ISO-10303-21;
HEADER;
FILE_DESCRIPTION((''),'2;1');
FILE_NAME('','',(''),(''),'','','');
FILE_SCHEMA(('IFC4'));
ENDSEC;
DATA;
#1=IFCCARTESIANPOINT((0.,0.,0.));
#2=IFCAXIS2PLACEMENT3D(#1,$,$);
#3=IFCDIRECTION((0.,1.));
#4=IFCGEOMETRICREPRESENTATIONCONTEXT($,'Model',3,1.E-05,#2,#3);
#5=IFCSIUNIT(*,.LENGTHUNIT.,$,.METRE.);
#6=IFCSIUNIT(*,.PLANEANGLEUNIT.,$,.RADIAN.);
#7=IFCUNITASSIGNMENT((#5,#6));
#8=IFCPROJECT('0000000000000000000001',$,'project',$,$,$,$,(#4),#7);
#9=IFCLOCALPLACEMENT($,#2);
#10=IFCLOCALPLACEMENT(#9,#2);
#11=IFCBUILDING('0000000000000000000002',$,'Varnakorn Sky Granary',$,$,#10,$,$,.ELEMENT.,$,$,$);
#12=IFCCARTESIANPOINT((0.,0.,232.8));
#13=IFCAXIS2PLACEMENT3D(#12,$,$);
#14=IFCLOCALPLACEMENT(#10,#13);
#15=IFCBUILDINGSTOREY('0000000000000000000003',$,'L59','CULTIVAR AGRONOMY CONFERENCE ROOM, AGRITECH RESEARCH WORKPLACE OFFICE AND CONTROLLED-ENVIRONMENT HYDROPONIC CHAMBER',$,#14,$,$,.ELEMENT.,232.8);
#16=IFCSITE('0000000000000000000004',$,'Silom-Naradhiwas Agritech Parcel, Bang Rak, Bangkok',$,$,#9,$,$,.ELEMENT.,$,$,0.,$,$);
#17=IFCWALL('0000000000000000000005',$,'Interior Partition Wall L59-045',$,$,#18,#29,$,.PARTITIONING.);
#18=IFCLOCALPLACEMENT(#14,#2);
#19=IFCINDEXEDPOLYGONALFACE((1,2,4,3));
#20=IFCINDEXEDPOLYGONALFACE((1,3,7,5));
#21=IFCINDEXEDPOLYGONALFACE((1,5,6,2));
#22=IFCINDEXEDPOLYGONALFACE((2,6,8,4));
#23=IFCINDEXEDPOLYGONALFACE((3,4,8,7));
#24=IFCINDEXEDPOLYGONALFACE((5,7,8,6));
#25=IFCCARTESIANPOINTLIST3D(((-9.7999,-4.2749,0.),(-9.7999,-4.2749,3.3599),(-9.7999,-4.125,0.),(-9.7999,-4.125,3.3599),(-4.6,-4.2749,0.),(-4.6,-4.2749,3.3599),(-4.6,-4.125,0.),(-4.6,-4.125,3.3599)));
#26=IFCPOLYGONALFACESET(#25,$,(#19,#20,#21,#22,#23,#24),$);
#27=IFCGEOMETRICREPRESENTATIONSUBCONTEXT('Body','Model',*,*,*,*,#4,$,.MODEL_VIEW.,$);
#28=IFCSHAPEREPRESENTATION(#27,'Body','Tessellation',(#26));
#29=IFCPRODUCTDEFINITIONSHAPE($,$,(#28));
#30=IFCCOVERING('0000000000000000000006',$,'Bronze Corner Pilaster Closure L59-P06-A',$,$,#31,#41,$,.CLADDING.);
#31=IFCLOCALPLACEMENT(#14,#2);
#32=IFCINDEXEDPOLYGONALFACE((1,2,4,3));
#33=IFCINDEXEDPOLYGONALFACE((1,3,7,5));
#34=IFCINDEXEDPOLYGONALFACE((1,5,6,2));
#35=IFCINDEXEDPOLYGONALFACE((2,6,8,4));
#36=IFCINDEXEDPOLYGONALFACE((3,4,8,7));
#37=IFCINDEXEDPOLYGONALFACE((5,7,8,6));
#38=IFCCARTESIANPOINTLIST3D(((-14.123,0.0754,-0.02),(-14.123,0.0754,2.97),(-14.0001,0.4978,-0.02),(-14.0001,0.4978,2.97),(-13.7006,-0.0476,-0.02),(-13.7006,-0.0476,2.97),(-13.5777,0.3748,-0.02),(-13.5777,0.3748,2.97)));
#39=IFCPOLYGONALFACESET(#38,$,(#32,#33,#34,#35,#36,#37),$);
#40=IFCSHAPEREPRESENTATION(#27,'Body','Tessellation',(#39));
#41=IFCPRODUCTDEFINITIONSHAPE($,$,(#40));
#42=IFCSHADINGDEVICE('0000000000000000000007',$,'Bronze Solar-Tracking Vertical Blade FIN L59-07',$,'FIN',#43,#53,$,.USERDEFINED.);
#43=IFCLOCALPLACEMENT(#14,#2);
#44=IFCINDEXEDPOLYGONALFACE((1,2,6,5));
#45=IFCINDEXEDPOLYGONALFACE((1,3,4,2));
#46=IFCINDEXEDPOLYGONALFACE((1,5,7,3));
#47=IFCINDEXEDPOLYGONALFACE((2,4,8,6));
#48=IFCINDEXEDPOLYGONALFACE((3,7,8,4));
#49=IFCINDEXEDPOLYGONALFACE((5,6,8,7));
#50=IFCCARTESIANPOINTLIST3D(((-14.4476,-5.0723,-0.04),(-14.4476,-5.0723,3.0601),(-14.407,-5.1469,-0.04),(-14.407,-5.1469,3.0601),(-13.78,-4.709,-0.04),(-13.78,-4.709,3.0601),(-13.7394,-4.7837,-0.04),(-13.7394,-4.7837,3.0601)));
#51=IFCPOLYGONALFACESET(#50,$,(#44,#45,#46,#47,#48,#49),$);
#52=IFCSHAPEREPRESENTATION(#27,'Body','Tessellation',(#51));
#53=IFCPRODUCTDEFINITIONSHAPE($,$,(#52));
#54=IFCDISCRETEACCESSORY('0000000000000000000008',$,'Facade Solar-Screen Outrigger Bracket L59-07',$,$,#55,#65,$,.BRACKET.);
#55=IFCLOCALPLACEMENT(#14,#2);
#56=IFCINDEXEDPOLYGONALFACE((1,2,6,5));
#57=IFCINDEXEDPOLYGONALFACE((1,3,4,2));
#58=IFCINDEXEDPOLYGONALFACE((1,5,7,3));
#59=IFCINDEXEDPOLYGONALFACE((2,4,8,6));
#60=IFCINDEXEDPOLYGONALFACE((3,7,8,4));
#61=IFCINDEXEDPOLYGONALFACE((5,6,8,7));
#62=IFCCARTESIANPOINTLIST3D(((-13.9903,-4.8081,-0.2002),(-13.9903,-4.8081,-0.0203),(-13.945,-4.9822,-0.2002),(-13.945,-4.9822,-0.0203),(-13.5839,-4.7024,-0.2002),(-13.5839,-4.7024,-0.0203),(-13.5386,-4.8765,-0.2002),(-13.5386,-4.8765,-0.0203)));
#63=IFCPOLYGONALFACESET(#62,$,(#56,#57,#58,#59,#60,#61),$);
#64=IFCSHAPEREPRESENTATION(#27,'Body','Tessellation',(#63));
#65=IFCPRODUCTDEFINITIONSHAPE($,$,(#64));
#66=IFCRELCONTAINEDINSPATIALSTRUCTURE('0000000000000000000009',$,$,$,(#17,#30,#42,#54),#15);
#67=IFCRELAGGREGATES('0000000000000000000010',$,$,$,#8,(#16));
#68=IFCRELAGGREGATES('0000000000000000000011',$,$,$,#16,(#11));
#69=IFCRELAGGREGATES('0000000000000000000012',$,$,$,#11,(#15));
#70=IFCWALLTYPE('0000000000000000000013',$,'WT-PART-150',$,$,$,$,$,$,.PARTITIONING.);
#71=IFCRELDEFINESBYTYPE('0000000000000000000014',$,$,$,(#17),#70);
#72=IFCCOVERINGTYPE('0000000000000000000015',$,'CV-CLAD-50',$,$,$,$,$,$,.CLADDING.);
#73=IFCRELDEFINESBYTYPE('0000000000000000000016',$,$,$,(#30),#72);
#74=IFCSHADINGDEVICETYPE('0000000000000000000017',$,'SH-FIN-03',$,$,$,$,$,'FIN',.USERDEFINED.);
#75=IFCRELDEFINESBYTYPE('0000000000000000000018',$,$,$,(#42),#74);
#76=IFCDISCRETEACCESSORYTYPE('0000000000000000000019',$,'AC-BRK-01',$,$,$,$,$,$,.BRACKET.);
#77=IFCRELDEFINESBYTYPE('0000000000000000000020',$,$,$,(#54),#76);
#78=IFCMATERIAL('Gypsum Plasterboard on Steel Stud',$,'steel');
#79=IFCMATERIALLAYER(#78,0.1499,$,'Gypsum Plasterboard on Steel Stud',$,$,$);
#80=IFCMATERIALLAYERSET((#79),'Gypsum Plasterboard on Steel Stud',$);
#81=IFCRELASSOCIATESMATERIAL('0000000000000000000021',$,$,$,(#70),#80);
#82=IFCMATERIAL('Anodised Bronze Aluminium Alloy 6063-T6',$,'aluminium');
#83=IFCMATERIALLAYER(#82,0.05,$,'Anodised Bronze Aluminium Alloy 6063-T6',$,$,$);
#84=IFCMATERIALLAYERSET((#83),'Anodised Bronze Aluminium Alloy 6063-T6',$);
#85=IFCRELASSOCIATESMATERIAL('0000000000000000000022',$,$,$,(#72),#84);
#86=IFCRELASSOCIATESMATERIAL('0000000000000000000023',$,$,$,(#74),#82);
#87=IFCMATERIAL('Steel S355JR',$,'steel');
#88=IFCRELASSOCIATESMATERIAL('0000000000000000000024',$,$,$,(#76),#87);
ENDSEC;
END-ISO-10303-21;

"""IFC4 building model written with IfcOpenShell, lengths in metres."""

from ifc_helpers import new_model, si_unit, direction, frame, frame_2d, origin, origin_2d, place, context, subcontext, project, spatial, rectangle, extrude, source, transform, mapped, material, layer, layer_set, type_object, type_shapes, element, save


model = new_model("IFC4")

# Units and contexts
model_context = context("Model", 3, precision=1e-05, world=origin(), true_north=direction((0.0, 1.0)))
body_context = subcontext(model_context, "Body", "Model", "MODEL_VIEW")
ifc_project = project(units=[si_unit("LENGTHUNIT", "METRE"), si_unit("PLANEANGLEUNIT", "RADIAN")], contexts=[model_context])

# Site, building, storey
site_placement = place(None, origin())
site = spatial("IfcSite", under=ifc_project, at=site_placement, Name="Silom-Naradhiwas Agritech Parcel, Bang Rak, Bangkok", CompositionType="ELEMENT", RefElevation=0.0)
building_placement = place(site_placement, origin())
building = spatial("IfcBuilding", under=site, at=building_placement, Name="Varnakorn Sky Granary", CompositionType="ELEMENT")
storey_placement = place(building_placement, frame((0.0, 0.0, 232.8)))
storey = spatial("IfcBuildingStorey", under=building, at=storey_placement, Name="L59", Description="CULTIVAR AGRONOMY CONFERENCE ROOM, AGRITECH RESEARCH WORKPLACE OFFICE AND CONTROLLED-ENVIRONMENT HYDROPONIC CHAMBER", CompositionType="ELEMENT", Elevation=232.8)

# Shared definitions
ifc_material_1 = material(Name="Steel S355JR", Category="steel")

# Shared definitions
ifc_material_2 = material(Name="Anodised Bronze Aluminium Alloy 6063-T6", Category="aluminium")

# Wall
ifc_material_3 = material(Name="Gypsum Plasterboard on Steel Stud", Category="steel")
ifc_layer_1 = layer(ifc_material_3, 0.1499, Name="Gypsum Plasterboard on Steel Stud")
ifc_layer_set_1 = layer_set([ifc_layer_1], Name="Gypsum Plasterboard on Steel Stud")
wall_type_1 = type_object("IfcWallType", Name="WT-PART-150", PredefinedType="PARTITIONING", material=ifc_layer_set_1)
wall_1_placement = place(storey_placement, frame((-9.8, -4.2, 0.0), z_axis=(0.0, 0.0, 1.0), x_axis=(1.0, 0.0, 0.0)))
element("IfcWall", 1, at=wall_1_placement, inside=storey, type_object=wall_type_1, Name="Interior Partition Wall L59-045", PredefinedType="PARTITIONING", context=body_context, shape_type="SweptSolid", body=[
    extrude(rectangle(XDim=5.2, YDim=0.1499, at=frame_2d((2.6001, 0.0))), origin(), (0.0, 0.0, 1.0), 3.3599),
])

# Covering
ifc_layer_2 = layer(ifc_material_2, 0.05, Name="Anodised Bronze Aluminium Alloy 6063-T6")
ifc_layer_set_2 = layer_set([ifc_layer_2], Name="Anodised Bronze Aluminium Alloy 6063-T6")
covering_type = type_object("IfcCoveringType", Name="CV-CLAD-50", PredefinedType="CLADDING", material=ifc_layer_set_2)
shared_shape_1 = source(origin(), body_context, "Body", "SweptSolid", [
    extrude(rectangle(XDim=0.4399, YDim=0.4399, at=origin_2d()), origin(), (0.0, 0.0, 1.0), 2.99),
])
type_shapes(covering_type, [shared_shape_1])
covering_placement = place(storey_placement, frame((-13.8503, 0.2251, -0.02), z_axis=(0.0, 0.0, 1.0), x_axis=(0.279494, 0.960147, 0.0)))
element("IfcCovering", 2, at=covering_placement, inside=storey, type_object=covering_type, Name="Bronze Corner Pilaster Closure L59-P06-A", PredefinedType="CLADDING", context=body_context, shape_type="MappedRepresentation", body=[
    mapped(shared_shape_1, transform((0.0, 0.0, 0.0), x_axis=(1.0, 0.0, 0.0), y_axis=(0.0, 1.0, 0.0), z_axis=(0.0, 0.0, 1.0), scale=1.0)),
])

# Shading device
shading_device_type = type_object("IfcShadingDeviceType", Name="SH-FIN-03", ElementType="FIN", PredefinedType="USERDEFINED", material=ifc_material_2)
shared_shape_2 = source(origin(), body_context, "Body", "SweptSolid", [
    extrude(rectangle(XDim=0.085, YDim=0.76, at=origin_2d()), origin(), (0.0, 0.0, 1.0), 3.1001),
])
type_shapes(shading_device_type, [shared_shape_2])
shading_device_placement = place(storey_placement, frame((-14.0935, -4.928, -0.04), z_axis=(0.0, 0.0, 1.0), x_axis=(0.477979, -0.878371, 0.0)))
element("IfcShadingDevice", 3, at=shading_device_placement, inside=storey, type_object=shading_device_type, Name="Bronze Solar-Tracking Vertical Blade FIN L59-07", ObjectType="FIN", PredefinedType="USERDEFINED", context=body_context, shape_type="MappedRepresentation", body=[
    mapped(shared_shape_2, transform((0.0, 0.0, 0.0), x_axis=(1.0, 0.0, 0.0), y_axis=(0.0, 1.0, 0.0), z_axis=(0.0, 0.0, 1.0), scale=1.0)),
])

# Discrete accessory
discrete_accessory_type = type_object("IfcDiscreteAccessoryType", Name="AC-BRK-01", PredefinedType="BRACKET", material=ifc_material_1)
shared_shape_3 = source(origin(), body_context, "Body", "SweptSolid", [
    extrude(rectangle(XDim=0.1799, YDim=0.4199, at=origin_2d()), origin(), (0.0, 0.0, 1.0), 0.1799),
])
type_shapes(discrete_accessory_type, [shared_shape_3])
discrete_accessory_placement = place(storey_placement, frame((-13.7644, -4.8423, -0.2002), z_axis=(0.0, 0.0, 1.0), x_axis=(0.251762, -0.967789, 0.0)))
element("IfcDiscreteAccessory", 4, at=discrete_accessory_placement, inside=storey, type_object=discrete_accessory_type, Name="Facade Solar-Screen Outrigger Bracket L59-07", PredefinedType="BRACKET", context=body_context, shape_type="MappedRepresentation", body=[
    mapped(shared_shape_3, transform((0.0, 0.0, 0.0), x_axis=(1.0, 0.0, 0.0), y_axis=(0.0, 1.0, 0.0), z_axis=(0.0, 0.0, 1.0), scale=1.0)),
])

save(model, "model.ifc")
